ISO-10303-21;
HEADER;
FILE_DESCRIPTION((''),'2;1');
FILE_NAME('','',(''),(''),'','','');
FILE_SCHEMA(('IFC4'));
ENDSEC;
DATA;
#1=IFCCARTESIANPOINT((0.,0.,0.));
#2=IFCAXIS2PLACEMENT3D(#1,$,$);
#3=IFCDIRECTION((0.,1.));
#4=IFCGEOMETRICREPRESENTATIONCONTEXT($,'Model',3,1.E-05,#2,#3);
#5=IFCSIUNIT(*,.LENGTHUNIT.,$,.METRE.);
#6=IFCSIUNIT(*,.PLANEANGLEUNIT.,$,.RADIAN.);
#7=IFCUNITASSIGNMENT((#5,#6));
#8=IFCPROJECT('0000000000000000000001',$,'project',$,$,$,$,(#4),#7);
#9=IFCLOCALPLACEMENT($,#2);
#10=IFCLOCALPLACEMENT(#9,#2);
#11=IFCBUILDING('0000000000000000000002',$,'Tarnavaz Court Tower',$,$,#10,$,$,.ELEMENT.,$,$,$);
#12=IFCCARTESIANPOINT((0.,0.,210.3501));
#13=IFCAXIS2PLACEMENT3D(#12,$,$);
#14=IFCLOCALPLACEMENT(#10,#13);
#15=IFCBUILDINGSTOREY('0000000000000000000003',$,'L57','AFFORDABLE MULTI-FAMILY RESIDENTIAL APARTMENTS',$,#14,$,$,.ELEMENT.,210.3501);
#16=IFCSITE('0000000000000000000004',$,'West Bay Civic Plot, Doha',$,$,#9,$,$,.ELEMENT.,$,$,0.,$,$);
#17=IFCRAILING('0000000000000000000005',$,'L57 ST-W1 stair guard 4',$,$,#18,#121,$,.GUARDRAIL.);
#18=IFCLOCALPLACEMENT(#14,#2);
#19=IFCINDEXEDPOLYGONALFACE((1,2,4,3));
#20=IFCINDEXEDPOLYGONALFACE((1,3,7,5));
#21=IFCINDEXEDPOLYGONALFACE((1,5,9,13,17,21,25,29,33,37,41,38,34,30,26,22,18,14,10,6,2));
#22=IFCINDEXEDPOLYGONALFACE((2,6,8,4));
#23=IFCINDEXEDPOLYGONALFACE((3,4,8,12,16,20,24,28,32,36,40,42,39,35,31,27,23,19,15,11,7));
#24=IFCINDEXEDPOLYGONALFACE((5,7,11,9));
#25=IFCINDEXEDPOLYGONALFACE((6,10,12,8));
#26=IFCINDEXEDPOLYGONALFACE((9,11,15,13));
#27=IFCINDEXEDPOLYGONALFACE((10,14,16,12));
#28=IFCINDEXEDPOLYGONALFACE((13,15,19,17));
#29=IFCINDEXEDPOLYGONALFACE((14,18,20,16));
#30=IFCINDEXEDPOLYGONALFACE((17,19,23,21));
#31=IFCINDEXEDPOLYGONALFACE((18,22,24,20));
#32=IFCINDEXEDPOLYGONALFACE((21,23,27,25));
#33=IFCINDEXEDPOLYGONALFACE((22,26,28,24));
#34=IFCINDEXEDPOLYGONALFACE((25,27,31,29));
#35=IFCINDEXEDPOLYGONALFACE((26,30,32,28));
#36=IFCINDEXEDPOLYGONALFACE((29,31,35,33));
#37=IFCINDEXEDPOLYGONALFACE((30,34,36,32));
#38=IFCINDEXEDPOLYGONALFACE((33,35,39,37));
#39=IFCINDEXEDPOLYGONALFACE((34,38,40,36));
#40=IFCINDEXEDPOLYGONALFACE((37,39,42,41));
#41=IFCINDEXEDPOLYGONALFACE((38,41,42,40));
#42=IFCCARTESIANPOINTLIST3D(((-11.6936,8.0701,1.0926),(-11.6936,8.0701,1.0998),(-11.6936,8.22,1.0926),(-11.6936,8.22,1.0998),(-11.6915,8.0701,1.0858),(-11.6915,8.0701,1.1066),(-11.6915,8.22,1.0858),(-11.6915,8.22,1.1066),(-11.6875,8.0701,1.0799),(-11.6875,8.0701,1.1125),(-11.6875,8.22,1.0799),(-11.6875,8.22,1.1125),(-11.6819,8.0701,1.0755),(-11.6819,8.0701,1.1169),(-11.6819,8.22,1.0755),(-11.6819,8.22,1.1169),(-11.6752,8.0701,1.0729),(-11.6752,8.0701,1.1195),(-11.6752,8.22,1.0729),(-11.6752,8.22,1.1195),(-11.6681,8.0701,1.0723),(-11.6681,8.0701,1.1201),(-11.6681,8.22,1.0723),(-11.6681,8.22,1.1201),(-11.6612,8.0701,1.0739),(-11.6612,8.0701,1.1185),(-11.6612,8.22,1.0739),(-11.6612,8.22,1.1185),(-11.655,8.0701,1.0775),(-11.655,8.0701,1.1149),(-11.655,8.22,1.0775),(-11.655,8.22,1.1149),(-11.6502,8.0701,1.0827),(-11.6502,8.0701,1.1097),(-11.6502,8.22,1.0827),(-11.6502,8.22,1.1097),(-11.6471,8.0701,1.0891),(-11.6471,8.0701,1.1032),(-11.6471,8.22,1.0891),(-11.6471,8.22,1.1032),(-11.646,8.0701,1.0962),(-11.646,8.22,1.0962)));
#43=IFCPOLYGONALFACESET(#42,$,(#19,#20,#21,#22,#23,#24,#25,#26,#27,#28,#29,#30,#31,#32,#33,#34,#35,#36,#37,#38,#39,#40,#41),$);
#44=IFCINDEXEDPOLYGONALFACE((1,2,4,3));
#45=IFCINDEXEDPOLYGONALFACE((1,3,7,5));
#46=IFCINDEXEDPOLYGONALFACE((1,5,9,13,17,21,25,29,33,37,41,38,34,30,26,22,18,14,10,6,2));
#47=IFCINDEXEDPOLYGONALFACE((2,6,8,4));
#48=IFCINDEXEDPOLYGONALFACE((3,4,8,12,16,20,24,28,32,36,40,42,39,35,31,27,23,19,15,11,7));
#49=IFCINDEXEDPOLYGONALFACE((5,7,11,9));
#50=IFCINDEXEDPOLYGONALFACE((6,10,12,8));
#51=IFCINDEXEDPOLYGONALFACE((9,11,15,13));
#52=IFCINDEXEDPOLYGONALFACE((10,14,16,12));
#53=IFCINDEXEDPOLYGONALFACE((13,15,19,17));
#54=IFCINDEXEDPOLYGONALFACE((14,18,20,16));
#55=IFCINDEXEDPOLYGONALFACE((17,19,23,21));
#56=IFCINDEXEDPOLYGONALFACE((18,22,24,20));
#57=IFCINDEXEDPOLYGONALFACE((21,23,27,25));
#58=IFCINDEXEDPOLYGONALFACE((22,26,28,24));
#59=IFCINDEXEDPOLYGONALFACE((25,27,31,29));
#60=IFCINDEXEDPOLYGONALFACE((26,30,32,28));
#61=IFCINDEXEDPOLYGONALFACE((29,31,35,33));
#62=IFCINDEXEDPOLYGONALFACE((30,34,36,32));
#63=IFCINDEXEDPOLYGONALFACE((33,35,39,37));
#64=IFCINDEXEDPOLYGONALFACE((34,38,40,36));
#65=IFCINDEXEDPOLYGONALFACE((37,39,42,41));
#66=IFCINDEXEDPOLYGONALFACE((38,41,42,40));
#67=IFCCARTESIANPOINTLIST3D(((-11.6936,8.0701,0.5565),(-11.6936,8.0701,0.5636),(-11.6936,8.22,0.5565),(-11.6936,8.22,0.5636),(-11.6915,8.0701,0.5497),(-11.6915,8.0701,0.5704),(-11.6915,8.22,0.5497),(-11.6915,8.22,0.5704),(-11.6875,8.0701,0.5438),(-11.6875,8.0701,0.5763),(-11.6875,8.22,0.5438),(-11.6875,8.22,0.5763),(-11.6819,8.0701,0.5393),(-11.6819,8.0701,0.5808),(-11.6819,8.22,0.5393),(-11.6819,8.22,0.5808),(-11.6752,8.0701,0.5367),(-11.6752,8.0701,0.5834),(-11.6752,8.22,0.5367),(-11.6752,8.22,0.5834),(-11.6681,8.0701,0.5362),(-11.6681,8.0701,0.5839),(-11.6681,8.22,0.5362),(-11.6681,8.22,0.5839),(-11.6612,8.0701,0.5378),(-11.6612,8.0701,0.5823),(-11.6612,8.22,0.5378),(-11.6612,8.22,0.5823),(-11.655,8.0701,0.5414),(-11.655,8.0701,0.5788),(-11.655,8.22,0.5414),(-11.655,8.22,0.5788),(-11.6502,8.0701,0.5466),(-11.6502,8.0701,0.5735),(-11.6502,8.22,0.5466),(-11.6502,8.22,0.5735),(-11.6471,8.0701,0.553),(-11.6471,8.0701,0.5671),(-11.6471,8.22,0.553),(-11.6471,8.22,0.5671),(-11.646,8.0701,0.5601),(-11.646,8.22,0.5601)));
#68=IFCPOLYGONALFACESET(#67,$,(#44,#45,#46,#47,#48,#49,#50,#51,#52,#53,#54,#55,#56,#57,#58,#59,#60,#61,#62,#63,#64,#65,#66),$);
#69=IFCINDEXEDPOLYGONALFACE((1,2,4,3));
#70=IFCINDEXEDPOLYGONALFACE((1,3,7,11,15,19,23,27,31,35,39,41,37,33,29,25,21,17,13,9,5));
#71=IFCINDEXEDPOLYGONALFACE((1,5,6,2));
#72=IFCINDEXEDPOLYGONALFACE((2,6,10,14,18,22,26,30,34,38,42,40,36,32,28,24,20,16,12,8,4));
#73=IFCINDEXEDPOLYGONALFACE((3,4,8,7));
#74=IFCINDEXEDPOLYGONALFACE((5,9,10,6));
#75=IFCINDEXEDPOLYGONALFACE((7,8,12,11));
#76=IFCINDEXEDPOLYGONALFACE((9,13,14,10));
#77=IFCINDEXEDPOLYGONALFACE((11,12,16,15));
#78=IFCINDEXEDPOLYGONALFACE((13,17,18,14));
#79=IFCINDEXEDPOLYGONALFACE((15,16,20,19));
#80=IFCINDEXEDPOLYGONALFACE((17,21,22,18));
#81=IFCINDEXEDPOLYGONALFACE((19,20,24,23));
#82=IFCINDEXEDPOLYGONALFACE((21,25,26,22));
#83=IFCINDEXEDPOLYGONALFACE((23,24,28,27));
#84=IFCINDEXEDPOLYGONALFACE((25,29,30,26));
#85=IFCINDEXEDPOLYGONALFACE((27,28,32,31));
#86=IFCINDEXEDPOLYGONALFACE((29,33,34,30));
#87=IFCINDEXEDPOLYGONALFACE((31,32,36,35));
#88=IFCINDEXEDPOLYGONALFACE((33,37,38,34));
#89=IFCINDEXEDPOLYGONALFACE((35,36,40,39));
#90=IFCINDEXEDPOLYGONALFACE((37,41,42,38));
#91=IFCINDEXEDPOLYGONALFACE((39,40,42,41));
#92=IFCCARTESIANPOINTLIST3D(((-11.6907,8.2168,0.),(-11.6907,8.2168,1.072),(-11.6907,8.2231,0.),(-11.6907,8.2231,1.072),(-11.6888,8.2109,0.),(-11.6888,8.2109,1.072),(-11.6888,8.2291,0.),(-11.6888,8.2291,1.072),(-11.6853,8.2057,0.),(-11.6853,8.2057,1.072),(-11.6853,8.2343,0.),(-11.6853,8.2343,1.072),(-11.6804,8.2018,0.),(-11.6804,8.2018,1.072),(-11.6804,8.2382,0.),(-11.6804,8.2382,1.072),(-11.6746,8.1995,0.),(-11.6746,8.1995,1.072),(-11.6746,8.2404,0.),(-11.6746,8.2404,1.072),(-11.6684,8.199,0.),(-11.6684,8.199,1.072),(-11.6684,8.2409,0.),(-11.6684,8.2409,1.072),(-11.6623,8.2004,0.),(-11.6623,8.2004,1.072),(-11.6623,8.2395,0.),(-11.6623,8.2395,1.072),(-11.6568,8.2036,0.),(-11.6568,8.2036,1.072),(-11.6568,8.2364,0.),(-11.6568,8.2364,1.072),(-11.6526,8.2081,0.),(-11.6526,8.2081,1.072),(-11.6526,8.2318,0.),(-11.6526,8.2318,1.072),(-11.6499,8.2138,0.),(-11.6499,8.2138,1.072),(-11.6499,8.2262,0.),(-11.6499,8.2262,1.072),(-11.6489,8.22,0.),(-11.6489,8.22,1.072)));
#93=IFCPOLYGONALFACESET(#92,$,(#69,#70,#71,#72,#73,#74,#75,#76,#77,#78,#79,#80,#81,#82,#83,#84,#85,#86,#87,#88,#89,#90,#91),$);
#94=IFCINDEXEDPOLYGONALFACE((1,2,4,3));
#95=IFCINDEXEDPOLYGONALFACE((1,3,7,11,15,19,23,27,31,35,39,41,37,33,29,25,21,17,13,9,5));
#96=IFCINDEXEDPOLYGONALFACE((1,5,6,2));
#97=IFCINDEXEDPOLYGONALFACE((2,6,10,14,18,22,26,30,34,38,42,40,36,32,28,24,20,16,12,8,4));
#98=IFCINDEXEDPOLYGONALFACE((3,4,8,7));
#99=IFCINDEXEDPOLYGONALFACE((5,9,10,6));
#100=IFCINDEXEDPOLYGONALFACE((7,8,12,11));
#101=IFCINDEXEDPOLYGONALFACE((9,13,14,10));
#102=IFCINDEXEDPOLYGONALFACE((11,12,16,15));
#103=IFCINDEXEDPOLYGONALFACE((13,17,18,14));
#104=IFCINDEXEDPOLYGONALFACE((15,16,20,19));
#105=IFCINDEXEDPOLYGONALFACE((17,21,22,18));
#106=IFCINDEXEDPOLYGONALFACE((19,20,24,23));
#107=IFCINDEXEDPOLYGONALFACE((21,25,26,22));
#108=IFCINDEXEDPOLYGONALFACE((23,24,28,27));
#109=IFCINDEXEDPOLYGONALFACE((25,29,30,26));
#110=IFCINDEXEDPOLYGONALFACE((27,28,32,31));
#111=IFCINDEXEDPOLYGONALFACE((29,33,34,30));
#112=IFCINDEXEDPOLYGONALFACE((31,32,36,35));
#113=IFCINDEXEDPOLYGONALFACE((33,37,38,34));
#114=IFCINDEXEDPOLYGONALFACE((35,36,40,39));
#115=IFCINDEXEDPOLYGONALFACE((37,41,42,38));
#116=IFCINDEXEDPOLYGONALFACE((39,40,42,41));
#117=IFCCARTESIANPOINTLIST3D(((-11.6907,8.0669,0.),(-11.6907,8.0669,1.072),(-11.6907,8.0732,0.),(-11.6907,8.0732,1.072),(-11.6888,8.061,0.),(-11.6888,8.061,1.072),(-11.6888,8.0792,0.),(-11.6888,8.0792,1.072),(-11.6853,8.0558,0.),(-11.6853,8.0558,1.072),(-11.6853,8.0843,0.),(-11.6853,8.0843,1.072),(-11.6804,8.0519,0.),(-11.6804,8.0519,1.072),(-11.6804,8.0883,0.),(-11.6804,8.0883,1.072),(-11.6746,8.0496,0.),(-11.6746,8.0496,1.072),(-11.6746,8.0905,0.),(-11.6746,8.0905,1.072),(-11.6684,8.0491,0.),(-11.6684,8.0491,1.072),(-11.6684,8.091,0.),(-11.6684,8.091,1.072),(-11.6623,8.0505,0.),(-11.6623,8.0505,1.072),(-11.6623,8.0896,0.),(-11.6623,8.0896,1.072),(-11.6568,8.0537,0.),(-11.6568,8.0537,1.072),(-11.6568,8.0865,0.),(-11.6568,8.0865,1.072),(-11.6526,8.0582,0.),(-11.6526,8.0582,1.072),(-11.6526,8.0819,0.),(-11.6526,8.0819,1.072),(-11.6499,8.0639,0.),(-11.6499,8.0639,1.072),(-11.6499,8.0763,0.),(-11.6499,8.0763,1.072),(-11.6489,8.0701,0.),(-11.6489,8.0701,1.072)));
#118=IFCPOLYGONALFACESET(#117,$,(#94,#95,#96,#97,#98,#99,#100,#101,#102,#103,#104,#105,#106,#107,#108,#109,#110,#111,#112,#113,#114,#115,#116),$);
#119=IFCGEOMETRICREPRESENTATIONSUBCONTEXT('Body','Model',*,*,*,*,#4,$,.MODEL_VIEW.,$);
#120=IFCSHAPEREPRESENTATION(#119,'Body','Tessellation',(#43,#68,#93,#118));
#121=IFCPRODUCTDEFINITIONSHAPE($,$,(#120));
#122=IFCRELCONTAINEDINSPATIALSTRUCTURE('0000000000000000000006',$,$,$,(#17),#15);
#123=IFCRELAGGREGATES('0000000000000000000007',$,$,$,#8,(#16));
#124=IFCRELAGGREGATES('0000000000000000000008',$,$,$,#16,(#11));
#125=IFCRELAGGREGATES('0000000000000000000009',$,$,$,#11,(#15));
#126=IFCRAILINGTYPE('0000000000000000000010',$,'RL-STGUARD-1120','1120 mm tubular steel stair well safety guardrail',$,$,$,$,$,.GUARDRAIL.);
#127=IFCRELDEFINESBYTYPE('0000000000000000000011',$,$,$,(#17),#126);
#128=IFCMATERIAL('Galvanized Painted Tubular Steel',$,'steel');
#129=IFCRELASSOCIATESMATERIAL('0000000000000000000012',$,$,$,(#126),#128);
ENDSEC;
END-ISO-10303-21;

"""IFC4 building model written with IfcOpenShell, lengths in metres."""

from ifc_helpers import new_model, si_unit, direction, frame, origin, origin_2d, place, context, subcontext, project, spatial, circle, extrude, material, type_object, element, save


model = new_model("IFC4")

# Units and contexts
model_context = context("Model", 3, precision=1e-05, world=origin(), true_north=direction((0.0, 1.0)))
body_context = subcontext(model_context, "Body", "Model", "MODEL_VIEW")
ifc_project = project(units=[si_unit("LENGTHUNIT", "METRE"), si_unit("PLANEANGLEUNIT", "RADIAN")], contexts=[model_context])

# Site, building, storey
site_placement = place(None, origin())
site = spatial("IfcSite", under=ifc_project, at=site_placement, Name="West Bay Civic Plot, Doha", CompositionType="ELEMENT", RefElevation=0.0)
building_placement = place(site_placement, origin())
building = spatial("IfcBuilding", under=site, at=building_placement, Name="Tarnavaz Court Tower", CompositionType="ELEMENT")
storey_placement = place(building_placement, frame((0.0, 0.0, 210.3501)))
storey = spatial("IfcBuildingStorey", under=building, at=storey_placement, Name="L57", Description="AFFORDABLE MULTI-FAMILY RESIDENTIAL APARTMENTS", CompositionType="ELEMENT", Elevation=210.3501)

# Railing
ifc_material_1 = material(Name="Galvanized Painted Tubular Steel", Category="steel")
railing_type_1 = type_object("IfcRailingType", Name="RL-STGUARD-1120", Description="1120 mm tubular steel stair well safety guardrail", PredefinedType="GUARDRAIL", material=ifc_material_1)
railing_1_placement = place(storey_placement, frame((-11.6699, 8.22, 0.0)))
element("IfcRailing", 1, at=railing_1_placement, inside=storey, type_object=railing_type_1, Name="L57 ST-W1 stair guard 4", PredefinedType="GUARDRAIL", context=body_context, shape_type="SweptSolid", body=[
    extrude(circle(Radius=0.0239, at=origin_2d()), frame((0.0, 0.0, 1.0962), z_axis=(0.0, -1.0, 0.0), x_axis=(1.0, 0.0, 0.0)), (0.0, 0.0, 1.0), 0.1499),
    extrude(circle(Radius=0.0239, at=origin_2d()), frame((0.0, 0.0, 0.5601), z_axis=(0.0, -1.0, 0.0), x_axis=(1.0, 0.0, 0.0)), (0.0, 0.0, 1.0), 0.1499),
    extrude(circle(Radius=0.021, at=origin_2d()), origin(), (0.0, 0.0, 1.0), 1.072),
    extrude(circle(Radius=0.021, at=origin_2d()), frame((0.0, -0.1499, 0.0)), (0.0, 0.0, 1.0), 1.072),
])

save(model, "model.ifc")
